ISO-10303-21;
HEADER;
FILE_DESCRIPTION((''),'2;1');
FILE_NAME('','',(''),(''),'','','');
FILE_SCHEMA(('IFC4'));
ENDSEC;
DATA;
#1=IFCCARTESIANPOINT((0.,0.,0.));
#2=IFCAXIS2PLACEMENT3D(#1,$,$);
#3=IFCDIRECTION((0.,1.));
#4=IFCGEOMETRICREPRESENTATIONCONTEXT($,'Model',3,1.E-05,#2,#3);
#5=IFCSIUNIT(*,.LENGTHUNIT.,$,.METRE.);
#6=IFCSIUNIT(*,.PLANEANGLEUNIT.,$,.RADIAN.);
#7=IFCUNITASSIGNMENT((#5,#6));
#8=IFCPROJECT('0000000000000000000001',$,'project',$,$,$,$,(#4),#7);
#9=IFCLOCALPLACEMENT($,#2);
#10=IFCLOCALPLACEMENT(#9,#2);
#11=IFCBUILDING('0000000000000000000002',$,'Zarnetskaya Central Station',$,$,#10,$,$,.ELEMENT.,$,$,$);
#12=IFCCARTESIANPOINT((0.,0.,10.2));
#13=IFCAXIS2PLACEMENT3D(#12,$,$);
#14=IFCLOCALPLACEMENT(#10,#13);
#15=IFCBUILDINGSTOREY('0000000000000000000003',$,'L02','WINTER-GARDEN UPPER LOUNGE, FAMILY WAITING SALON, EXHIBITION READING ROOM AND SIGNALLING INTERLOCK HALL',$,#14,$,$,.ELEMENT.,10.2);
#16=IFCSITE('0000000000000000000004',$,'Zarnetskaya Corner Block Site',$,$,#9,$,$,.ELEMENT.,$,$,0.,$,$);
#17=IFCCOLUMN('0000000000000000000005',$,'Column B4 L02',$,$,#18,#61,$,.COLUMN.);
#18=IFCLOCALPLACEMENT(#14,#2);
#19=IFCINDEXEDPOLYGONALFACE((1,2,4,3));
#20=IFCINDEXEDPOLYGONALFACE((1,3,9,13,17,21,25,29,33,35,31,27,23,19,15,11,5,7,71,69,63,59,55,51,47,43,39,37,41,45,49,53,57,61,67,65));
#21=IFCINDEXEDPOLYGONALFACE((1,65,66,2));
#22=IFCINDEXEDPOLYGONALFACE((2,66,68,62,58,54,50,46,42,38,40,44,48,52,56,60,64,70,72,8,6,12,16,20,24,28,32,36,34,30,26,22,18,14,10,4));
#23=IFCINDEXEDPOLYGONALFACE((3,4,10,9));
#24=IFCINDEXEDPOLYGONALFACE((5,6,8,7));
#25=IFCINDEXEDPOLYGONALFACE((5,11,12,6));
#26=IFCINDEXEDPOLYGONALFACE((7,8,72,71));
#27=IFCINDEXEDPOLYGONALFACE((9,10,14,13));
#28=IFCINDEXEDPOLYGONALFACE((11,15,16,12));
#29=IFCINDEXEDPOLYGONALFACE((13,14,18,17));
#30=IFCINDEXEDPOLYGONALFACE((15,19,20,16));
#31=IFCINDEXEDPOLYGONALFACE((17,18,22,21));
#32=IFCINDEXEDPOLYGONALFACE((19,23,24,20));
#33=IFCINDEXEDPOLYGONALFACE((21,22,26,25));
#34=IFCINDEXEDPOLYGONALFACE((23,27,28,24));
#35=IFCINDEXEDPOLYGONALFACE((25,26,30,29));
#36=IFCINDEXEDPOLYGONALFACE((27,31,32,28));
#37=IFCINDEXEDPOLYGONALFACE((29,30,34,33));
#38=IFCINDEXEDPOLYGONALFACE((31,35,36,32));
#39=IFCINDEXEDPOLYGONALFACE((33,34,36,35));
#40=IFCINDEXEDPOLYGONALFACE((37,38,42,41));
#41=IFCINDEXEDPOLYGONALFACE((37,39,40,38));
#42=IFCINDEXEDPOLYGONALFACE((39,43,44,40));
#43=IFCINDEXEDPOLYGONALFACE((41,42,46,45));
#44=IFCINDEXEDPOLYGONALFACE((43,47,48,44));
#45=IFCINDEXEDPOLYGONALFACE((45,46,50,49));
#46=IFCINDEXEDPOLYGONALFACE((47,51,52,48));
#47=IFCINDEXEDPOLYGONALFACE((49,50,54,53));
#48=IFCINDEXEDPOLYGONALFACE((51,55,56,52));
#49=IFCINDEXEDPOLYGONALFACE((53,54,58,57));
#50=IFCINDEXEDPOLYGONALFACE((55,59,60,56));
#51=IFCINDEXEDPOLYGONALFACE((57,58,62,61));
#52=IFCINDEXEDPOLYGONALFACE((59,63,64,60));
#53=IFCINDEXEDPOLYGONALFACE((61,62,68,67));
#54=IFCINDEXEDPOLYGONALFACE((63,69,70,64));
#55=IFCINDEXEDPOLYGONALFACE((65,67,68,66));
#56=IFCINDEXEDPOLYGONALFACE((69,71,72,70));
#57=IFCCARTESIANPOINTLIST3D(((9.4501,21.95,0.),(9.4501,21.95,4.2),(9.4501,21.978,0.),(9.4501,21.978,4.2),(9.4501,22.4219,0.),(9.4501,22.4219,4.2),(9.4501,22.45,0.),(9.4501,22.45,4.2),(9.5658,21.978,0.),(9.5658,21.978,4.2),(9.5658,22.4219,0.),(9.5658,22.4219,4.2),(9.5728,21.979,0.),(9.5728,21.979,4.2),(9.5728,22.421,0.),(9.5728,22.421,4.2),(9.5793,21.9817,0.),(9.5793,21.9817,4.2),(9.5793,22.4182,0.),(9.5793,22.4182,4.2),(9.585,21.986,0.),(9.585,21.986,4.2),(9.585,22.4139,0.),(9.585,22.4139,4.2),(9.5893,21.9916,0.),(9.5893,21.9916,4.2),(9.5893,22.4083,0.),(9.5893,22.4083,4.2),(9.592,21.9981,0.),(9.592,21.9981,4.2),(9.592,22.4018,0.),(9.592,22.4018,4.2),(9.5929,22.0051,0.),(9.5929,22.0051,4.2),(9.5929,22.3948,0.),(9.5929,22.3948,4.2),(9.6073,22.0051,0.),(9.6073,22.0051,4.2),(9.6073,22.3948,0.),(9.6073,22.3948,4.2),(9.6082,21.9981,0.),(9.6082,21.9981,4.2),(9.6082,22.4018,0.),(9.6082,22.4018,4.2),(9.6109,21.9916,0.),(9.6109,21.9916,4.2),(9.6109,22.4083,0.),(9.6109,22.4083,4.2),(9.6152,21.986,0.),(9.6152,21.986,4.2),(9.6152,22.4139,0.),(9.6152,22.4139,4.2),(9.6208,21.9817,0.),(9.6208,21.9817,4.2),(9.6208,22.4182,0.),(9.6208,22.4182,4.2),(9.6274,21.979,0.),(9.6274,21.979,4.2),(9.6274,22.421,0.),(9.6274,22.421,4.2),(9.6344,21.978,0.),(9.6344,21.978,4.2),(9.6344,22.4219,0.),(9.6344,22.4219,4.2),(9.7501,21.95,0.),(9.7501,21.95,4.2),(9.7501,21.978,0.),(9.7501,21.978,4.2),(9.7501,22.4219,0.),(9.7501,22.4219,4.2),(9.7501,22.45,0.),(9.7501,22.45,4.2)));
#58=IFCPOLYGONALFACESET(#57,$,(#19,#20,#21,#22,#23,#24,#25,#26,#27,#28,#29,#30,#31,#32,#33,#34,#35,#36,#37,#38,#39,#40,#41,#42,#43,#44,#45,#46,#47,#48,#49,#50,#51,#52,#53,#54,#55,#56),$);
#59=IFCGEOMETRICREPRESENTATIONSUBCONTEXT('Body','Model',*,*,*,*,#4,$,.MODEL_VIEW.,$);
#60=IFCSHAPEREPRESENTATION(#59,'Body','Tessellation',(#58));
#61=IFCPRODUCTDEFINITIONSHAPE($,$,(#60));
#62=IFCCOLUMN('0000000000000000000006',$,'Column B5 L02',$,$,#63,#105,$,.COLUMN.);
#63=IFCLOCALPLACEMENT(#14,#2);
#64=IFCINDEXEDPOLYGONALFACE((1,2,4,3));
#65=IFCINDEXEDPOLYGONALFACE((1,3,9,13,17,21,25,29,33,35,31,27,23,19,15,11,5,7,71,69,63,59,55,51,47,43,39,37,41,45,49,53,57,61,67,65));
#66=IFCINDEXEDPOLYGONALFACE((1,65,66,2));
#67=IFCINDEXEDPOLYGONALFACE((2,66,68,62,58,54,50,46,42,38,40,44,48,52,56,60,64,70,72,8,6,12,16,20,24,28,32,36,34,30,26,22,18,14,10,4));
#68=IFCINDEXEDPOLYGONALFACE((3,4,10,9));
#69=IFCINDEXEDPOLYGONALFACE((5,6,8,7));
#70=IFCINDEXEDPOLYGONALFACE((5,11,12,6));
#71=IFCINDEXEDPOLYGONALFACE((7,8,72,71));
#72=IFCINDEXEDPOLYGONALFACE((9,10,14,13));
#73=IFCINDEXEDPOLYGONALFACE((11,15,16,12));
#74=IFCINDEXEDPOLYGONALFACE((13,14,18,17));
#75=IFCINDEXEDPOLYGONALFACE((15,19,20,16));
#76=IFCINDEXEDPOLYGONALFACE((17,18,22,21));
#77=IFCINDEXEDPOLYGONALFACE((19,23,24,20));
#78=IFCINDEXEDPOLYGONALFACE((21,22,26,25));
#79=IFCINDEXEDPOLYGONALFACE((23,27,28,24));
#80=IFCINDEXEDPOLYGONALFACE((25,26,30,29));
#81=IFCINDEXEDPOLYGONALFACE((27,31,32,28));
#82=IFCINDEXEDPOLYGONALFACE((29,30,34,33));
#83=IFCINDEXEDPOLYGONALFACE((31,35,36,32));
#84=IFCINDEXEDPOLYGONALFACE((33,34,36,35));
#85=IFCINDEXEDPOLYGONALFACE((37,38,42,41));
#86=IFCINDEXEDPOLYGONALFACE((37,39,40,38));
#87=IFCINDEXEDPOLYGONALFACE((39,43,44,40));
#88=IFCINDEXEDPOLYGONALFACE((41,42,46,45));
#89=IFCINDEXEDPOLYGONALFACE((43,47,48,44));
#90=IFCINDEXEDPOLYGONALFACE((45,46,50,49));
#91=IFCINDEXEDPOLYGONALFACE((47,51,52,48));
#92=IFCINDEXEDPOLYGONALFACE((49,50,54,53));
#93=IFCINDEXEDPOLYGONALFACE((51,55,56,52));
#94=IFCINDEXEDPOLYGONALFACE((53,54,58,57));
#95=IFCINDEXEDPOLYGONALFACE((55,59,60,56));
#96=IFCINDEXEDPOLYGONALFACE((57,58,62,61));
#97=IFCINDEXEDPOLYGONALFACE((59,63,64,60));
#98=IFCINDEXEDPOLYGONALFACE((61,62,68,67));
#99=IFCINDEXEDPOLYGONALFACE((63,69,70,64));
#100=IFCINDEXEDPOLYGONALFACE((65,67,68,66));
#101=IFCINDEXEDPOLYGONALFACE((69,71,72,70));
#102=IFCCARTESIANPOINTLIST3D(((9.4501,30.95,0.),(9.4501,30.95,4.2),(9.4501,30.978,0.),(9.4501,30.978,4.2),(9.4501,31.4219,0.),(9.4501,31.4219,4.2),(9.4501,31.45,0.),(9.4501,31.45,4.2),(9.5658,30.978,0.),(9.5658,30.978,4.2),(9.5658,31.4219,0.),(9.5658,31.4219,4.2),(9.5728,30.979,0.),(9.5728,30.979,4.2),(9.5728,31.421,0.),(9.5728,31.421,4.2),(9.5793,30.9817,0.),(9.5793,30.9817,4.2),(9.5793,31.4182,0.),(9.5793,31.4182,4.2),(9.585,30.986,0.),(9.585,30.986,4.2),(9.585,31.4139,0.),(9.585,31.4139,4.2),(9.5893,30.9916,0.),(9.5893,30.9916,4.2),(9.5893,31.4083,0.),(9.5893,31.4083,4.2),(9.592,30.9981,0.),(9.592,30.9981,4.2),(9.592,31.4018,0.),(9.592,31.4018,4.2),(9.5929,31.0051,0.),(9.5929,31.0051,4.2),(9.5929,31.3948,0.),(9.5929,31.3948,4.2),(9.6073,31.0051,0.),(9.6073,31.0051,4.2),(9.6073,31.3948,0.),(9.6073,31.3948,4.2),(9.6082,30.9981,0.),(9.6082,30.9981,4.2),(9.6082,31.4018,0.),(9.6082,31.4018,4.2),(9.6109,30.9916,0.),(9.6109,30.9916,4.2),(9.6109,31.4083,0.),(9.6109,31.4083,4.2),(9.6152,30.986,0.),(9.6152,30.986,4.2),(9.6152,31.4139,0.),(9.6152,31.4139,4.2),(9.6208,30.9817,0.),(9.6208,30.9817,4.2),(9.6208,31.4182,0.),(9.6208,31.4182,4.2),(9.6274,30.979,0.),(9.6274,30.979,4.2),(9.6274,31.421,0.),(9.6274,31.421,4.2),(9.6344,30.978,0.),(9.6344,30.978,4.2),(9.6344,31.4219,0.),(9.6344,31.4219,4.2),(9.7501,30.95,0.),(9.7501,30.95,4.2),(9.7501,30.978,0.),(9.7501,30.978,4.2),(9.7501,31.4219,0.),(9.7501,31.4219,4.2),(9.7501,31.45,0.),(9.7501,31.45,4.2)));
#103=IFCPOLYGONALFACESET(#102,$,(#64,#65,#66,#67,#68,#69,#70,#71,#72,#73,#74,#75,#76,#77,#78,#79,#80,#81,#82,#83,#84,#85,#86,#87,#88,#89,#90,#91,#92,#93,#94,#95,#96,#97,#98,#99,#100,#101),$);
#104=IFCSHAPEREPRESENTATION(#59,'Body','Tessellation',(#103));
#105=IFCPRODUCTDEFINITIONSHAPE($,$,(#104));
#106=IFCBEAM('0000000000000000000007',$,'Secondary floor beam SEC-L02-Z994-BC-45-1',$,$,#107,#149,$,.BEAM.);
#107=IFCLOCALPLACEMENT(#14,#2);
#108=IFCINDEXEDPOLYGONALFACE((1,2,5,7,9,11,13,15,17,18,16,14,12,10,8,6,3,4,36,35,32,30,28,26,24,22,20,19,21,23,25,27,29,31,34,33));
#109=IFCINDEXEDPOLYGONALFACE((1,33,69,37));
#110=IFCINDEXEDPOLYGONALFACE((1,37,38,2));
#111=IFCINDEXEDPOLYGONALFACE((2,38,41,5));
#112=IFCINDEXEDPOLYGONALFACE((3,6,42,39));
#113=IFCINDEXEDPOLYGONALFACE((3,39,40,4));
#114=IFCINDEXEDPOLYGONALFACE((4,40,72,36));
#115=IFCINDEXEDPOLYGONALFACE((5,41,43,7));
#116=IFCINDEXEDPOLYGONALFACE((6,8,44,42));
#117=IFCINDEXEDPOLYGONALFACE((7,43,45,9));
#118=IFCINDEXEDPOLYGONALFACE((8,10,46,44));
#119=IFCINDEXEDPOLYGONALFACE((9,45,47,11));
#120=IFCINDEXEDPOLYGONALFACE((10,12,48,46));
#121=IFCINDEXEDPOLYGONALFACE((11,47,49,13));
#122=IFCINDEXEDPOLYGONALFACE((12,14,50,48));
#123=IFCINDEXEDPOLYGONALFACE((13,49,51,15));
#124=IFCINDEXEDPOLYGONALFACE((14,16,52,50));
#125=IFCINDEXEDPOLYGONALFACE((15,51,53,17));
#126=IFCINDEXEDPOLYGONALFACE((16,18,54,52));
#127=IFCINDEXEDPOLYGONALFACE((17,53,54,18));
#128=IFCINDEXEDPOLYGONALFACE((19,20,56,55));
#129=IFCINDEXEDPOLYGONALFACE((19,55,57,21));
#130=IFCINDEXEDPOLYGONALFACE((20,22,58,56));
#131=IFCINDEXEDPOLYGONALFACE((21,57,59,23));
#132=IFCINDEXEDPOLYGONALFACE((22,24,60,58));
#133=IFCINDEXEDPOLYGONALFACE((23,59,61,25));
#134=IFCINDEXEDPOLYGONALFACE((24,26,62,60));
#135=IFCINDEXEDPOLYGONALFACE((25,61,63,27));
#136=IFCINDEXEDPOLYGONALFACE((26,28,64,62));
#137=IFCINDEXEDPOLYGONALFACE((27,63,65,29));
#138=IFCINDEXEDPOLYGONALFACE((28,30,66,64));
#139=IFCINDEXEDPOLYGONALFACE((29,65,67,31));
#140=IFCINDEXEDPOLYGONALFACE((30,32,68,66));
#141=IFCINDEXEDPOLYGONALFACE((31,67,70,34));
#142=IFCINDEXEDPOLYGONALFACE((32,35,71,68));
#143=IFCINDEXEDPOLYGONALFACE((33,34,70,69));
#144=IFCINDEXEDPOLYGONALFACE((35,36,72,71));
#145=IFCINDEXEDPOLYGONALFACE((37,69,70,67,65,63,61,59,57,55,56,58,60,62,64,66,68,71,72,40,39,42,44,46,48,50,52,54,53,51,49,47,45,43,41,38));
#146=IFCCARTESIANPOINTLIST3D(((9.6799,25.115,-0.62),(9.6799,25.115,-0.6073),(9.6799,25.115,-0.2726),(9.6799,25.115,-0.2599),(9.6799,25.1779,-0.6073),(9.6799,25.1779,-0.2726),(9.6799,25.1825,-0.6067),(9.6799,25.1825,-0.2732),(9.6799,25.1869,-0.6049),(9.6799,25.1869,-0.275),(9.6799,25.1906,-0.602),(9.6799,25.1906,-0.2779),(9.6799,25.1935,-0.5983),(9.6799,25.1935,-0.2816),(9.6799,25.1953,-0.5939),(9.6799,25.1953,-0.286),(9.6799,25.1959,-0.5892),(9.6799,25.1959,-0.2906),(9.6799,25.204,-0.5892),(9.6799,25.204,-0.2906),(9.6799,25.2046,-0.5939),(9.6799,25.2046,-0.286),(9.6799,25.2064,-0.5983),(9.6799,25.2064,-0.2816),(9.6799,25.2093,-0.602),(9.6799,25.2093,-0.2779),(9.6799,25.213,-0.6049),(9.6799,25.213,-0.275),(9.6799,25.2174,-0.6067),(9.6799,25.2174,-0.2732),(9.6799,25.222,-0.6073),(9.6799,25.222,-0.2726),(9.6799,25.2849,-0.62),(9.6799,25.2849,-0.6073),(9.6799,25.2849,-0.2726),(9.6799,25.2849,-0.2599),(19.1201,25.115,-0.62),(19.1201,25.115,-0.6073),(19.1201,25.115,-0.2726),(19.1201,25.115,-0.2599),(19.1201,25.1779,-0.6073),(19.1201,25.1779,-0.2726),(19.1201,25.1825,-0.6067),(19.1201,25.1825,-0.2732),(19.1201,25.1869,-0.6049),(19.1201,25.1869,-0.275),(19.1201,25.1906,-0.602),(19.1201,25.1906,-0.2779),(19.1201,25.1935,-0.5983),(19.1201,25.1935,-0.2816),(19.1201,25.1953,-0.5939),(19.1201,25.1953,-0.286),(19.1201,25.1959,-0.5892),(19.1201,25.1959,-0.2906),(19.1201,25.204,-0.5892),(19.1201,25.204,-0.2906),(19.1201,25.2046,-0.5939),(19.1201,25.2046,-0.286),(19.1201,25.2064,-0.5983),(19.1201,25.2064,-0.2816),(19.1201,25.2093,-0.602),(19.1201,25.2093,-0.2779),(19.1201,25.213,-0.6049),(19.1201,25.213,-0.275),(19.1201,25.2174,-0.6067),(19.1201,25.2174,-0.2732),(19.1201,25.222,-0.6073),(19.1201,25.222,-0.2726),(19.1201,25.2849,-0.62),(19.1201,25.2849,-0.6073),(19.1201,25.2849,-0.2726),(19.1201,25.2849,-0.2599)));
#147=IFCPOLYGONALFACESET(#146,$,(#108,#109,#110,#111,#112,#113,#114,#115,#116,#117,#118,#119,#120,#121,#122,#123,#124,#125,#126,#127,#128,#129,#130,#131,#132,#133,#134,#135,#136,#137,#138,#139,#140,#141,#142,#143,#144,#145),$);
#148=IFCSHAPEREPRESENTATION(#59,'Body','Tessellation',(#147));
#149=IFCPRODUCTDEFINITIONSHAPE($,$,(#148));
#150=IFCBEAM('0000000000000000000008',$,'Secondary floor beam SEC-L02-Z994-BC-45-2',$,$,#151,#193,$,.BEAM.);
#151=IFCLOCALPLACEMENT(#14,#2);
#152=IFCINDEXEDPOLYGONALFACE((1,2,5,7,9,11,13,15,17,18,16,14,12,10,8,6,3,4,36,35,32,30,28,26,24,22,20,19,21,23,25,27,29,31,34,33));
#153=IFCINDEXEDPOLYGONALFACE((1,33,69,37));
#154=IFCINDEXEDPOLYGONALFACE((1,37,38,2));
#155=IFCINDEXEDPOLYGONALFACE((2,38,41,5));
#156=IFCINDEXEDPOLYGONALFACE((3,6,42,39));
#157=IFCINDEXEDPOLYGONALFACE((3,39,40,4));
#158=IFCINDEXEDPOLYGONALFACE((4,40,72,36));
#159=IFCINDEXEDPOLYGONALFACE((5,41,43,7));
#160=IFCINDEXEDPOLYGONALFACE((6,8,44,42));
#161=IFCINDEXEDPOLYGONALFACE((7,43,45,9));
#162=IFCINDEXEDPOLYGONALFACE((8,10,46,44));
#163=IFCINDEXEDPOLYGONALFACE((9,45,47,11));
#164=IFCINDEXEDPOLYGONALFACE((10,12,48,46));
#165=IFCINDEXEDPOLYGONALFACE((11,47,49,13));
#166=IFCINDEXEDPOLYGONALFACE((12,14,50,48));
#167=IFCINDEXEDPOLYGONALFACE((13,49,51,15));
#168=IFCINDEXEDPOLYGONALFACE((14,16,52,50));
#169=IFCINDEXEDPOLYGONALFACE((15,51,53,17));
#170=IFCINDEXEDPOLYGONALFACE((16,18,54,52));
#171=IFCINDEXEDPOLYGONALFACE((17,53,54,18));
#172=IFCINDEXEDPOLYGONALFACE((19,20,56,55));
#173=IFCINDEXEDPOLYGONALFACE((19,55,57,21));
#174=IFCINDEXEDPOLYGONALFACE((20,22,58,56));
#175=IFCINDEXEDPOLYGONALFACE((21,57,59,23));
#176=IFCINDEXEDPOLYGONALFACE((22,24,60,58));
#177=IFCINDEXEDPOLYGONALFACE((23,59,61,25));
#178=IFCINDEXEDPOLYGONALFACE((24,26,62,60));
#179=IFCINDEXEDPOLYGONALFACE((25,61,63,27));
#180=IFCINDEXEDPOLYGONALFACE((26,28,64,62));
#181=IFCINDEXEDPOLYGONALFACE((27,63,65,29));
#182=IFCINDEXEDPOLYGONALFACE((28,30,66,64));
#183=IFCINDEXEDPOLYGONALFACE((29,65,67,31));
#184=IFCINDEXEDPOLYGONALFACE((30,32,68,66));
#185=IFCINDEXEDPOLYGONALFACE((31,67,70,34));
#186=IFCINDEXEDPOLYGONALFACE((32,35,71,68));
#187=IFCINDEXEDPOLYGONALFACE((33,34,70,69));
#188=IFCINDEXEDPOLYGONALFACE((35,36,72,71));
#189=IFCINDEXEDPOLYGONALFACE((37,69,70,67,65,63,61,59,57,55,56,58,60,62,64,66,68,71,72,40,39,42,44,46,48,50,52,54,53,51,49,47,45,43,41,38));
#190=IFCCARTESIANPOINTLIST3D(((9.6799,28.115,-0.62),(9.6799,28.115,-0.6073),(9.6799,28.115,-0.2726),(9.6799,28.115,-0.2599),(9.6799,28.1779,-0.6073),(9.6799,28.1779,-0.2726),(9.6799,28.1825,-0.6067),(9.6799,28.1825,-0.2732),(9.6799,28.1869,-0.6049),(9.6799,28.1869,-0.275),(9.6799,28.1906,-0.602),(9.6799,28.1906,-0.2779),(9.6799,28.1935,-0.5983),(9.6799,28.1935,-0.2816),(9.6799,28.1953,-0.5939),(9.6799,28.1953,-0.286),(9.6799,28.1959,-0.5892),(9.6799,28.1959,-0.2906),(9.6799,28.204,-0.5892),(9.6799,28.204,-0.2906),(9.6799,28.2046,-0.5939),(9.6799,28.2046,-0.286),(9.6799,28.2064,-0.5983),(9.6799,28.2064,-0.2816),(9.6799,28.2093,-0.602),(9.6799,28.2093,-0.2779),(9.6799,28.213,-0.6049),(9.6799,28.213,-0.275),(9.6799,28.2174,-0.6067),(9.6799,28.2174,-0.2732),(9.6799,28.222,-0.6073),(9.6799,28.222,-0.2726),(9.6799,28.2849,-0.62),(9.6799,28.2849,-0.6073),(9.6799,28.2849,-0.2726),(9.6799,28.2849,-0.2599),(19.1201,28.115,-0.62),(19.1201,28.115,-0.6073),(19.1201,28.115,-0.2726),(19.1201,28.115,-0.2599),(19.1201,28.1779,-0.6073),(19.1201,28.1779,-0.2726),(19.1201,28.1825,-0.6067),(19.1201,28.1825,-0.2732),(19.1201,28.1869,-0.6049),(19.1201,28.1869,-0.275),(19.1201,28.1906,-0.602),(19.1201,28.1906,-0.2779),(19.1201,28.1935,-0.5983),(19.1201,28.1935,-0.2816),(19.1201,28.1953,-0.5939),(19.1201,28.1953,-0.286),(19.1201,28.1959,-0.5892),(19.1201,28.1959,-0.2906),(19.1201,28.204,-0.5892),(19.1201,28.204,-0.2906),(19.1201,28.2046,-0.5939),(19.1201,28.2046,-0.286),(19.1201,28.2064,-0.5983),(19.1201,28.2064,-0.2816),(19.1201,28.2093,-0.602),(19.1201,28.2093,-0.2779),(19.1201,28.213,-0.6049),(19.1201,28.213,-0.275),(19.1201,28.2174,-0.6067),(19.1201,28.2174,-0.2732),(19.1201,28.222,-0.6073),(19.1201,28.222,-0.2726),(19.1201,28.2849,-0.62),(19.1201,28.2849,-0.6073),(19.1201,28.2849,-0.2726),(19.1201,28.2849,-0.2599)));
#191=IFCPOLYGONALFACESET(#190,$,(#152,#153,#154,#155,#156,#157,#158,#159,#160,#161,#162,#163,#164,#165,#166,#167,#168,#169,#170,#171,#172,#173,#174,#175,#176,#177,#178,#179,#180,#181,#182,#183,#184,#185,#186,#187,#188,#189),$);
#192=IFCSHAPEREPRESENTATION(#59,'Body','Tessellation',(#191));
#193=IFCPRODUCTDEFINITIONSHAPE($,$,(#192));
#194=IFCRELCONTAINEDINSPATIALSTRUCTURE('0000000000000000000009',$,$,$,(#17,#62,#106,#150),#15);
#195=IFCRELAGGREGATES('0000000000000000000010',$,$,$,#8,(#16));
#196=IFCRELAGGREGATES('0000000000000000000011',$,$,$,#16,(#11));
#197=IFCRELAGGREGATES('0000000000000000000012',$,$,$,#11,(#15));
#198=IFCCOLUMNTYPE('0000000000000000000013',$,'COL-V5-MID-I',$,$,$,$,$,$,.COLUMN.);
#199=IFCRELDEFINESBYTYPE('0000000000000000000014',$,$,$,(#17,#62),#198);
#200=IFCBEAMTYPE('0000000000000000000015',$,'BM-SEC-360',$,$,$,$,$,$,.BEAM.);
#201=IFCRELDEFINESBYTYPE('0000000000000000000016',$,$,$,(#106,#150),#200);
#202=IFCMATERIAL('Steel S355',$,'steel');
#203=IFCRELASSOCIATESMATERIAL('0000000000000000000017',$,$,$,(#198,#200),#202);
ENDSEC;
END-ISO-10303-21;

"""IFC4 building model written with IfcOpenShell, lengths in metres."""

from ifc_helpers import new_model, si_unit, direction, frame, origin, origin_2d, place, context, subcontext, project, spatial, i_section, extrude, material, material_profile, profile_set, type_object, element, save


model = new_model("IFC4")

# Units and contexts
model_context = context("Model", 3, precision=1e-05, world=origin(), true_north=direction((0.0, 1.0)))
body_context = subcontext(model_context, "Body", "Model", "MODEL_VIEW")
ifc_project = project(units=[si_unit("LENGTHUNIT", "METRE"), si_unit("PLANEANGLEUNIT", "RADIAN")], contexts=[model_context])

# Site, building, storey
site_placement = place(None, origin())
site = spatial("IfcSite", under=ifc_project, at=site_placement, Name="Zarnetskaya Corner Block Site", CompositionType="ELEMENT", RefElevation=0.0)
building_placement = place(site_placement, origin())
building = spatial("IfcBuilding", under=site, at=building_placement, Name="Zarnetskaya Central Station", CompositionType="ELEMENT")
storey_placement = place(building_placement, frame((0.0, 0.0, 10.2)))
storey = spatial("IfcBuildingStorey", under=building, at=storey_placement, Name="L02", Description="WINTER-GARDEN UPPER LOUNGE, FAMILY WAITING SALON, EXHIBITION READING ROOM AND SIGNALLING INTERLOCK HALL", CompositionType="ELEMENT", Elevation=10.2)

# Columns
ifc_material_1 = material(Name="Steel S355", Category="steel")
ifc_material_profile_1 = material_profile(ifc_material_1, i_section(OverallWidth=0.3, OverallDepth=0.5, WebThickness=0.0144, FlangeThickness=0.0281, FilletRadius=0.0271, at=origin_2d()), Name="HEB 500")
ifc_profile_set_1 = profile_set([ifc_material_profile_1], Name="Steel S355")
column_type = type_object("IfcColumnType", Name="COL-V5-MID-I", PredefinedType="COLUMN", material=ifc_profile_set_1)
for number, where, z_axis, x_axis, name in (
    (1, (9.6001, 22.2, 0.0), (0.0, 0.0, 1.0), (1.0, 0.0, 0.0), "Column B4 L02"),
    (2, (9.6001, 31.2, 0.0), (0.0, 0.0, 1.0), (1.0, 0.0, 0.0), "Column B5 L02"),
):
    element("IfcColumn", number, at=place(storey_placement, frame(where, z_axis=z_axis, x_axis=x_axis)), inside=storey, type_object=column_type, Name=name, PredefinedType="COLUMN", context=body_context, shape_type="SweptSolid", body=[
        extrude(i_section(OverallWidth=0.3, OverallDepth=0.5, WebThickness=0.0144, FlangeThickness=0.0281, FilletRadius=0.0271, at=origin_2d()), origin(), (0.0, 0.0, 1.0), 4.2),
    ])

# Beams
ifc_material_profile_2 = material_profile(ifc_material_1, i_section(OverallWidth=0.1699, OverallDepth=0.3601, WebThickness=0.0081, FlangeThickness=0.0127, FilletRadius=0.0181, at=origin_2d()), Name="IPE 360")
ifc_profile_set_2 = profile_set([ifc_material_profile_2], Name="Steel S355")
beam_type_1 = type_object("IfcBeamType", Name="BM-SEC-360", PredefinedType="BEAM", material=ifc_profile_set_2)
for number, where, z_axis, x_axis, name in (
    (3, (9.6799, 25.2, -0.4399), (1.0, 0.0, 0.0), (0.0, 1.0, 0.0), "Secondary floor beam SEC-L02-Z994-BC-45-1"),
    (4, (9.6799, 28.2, -0.4399), (1.0, 0.0, 0.0), (0.0, 1.0, 0.0), "Secondary floor beam SEC-L02-Z994-BC-45-2"),
):
    element("IfcBeam", number, at=place(storey_placement, frame(where, z_axis=z_axis, x_axis=x_axis)), inside=storey, type_object=beam_type_1, Name=name, PredefinedType="BEAM", context=body_context, shape_type="SweptSolid", body=[
        extrude(i_section(OverallWidth=0.1699, OverallDepth=0.3601, WebThickness=0.0081, FlangeThickness=0.0127, FilletRadius=0.0181, at=origin_2d()), origin(), (0.0, 0.0, 1.0), 9.4402),
    ])

save(model, "model.ifc")
